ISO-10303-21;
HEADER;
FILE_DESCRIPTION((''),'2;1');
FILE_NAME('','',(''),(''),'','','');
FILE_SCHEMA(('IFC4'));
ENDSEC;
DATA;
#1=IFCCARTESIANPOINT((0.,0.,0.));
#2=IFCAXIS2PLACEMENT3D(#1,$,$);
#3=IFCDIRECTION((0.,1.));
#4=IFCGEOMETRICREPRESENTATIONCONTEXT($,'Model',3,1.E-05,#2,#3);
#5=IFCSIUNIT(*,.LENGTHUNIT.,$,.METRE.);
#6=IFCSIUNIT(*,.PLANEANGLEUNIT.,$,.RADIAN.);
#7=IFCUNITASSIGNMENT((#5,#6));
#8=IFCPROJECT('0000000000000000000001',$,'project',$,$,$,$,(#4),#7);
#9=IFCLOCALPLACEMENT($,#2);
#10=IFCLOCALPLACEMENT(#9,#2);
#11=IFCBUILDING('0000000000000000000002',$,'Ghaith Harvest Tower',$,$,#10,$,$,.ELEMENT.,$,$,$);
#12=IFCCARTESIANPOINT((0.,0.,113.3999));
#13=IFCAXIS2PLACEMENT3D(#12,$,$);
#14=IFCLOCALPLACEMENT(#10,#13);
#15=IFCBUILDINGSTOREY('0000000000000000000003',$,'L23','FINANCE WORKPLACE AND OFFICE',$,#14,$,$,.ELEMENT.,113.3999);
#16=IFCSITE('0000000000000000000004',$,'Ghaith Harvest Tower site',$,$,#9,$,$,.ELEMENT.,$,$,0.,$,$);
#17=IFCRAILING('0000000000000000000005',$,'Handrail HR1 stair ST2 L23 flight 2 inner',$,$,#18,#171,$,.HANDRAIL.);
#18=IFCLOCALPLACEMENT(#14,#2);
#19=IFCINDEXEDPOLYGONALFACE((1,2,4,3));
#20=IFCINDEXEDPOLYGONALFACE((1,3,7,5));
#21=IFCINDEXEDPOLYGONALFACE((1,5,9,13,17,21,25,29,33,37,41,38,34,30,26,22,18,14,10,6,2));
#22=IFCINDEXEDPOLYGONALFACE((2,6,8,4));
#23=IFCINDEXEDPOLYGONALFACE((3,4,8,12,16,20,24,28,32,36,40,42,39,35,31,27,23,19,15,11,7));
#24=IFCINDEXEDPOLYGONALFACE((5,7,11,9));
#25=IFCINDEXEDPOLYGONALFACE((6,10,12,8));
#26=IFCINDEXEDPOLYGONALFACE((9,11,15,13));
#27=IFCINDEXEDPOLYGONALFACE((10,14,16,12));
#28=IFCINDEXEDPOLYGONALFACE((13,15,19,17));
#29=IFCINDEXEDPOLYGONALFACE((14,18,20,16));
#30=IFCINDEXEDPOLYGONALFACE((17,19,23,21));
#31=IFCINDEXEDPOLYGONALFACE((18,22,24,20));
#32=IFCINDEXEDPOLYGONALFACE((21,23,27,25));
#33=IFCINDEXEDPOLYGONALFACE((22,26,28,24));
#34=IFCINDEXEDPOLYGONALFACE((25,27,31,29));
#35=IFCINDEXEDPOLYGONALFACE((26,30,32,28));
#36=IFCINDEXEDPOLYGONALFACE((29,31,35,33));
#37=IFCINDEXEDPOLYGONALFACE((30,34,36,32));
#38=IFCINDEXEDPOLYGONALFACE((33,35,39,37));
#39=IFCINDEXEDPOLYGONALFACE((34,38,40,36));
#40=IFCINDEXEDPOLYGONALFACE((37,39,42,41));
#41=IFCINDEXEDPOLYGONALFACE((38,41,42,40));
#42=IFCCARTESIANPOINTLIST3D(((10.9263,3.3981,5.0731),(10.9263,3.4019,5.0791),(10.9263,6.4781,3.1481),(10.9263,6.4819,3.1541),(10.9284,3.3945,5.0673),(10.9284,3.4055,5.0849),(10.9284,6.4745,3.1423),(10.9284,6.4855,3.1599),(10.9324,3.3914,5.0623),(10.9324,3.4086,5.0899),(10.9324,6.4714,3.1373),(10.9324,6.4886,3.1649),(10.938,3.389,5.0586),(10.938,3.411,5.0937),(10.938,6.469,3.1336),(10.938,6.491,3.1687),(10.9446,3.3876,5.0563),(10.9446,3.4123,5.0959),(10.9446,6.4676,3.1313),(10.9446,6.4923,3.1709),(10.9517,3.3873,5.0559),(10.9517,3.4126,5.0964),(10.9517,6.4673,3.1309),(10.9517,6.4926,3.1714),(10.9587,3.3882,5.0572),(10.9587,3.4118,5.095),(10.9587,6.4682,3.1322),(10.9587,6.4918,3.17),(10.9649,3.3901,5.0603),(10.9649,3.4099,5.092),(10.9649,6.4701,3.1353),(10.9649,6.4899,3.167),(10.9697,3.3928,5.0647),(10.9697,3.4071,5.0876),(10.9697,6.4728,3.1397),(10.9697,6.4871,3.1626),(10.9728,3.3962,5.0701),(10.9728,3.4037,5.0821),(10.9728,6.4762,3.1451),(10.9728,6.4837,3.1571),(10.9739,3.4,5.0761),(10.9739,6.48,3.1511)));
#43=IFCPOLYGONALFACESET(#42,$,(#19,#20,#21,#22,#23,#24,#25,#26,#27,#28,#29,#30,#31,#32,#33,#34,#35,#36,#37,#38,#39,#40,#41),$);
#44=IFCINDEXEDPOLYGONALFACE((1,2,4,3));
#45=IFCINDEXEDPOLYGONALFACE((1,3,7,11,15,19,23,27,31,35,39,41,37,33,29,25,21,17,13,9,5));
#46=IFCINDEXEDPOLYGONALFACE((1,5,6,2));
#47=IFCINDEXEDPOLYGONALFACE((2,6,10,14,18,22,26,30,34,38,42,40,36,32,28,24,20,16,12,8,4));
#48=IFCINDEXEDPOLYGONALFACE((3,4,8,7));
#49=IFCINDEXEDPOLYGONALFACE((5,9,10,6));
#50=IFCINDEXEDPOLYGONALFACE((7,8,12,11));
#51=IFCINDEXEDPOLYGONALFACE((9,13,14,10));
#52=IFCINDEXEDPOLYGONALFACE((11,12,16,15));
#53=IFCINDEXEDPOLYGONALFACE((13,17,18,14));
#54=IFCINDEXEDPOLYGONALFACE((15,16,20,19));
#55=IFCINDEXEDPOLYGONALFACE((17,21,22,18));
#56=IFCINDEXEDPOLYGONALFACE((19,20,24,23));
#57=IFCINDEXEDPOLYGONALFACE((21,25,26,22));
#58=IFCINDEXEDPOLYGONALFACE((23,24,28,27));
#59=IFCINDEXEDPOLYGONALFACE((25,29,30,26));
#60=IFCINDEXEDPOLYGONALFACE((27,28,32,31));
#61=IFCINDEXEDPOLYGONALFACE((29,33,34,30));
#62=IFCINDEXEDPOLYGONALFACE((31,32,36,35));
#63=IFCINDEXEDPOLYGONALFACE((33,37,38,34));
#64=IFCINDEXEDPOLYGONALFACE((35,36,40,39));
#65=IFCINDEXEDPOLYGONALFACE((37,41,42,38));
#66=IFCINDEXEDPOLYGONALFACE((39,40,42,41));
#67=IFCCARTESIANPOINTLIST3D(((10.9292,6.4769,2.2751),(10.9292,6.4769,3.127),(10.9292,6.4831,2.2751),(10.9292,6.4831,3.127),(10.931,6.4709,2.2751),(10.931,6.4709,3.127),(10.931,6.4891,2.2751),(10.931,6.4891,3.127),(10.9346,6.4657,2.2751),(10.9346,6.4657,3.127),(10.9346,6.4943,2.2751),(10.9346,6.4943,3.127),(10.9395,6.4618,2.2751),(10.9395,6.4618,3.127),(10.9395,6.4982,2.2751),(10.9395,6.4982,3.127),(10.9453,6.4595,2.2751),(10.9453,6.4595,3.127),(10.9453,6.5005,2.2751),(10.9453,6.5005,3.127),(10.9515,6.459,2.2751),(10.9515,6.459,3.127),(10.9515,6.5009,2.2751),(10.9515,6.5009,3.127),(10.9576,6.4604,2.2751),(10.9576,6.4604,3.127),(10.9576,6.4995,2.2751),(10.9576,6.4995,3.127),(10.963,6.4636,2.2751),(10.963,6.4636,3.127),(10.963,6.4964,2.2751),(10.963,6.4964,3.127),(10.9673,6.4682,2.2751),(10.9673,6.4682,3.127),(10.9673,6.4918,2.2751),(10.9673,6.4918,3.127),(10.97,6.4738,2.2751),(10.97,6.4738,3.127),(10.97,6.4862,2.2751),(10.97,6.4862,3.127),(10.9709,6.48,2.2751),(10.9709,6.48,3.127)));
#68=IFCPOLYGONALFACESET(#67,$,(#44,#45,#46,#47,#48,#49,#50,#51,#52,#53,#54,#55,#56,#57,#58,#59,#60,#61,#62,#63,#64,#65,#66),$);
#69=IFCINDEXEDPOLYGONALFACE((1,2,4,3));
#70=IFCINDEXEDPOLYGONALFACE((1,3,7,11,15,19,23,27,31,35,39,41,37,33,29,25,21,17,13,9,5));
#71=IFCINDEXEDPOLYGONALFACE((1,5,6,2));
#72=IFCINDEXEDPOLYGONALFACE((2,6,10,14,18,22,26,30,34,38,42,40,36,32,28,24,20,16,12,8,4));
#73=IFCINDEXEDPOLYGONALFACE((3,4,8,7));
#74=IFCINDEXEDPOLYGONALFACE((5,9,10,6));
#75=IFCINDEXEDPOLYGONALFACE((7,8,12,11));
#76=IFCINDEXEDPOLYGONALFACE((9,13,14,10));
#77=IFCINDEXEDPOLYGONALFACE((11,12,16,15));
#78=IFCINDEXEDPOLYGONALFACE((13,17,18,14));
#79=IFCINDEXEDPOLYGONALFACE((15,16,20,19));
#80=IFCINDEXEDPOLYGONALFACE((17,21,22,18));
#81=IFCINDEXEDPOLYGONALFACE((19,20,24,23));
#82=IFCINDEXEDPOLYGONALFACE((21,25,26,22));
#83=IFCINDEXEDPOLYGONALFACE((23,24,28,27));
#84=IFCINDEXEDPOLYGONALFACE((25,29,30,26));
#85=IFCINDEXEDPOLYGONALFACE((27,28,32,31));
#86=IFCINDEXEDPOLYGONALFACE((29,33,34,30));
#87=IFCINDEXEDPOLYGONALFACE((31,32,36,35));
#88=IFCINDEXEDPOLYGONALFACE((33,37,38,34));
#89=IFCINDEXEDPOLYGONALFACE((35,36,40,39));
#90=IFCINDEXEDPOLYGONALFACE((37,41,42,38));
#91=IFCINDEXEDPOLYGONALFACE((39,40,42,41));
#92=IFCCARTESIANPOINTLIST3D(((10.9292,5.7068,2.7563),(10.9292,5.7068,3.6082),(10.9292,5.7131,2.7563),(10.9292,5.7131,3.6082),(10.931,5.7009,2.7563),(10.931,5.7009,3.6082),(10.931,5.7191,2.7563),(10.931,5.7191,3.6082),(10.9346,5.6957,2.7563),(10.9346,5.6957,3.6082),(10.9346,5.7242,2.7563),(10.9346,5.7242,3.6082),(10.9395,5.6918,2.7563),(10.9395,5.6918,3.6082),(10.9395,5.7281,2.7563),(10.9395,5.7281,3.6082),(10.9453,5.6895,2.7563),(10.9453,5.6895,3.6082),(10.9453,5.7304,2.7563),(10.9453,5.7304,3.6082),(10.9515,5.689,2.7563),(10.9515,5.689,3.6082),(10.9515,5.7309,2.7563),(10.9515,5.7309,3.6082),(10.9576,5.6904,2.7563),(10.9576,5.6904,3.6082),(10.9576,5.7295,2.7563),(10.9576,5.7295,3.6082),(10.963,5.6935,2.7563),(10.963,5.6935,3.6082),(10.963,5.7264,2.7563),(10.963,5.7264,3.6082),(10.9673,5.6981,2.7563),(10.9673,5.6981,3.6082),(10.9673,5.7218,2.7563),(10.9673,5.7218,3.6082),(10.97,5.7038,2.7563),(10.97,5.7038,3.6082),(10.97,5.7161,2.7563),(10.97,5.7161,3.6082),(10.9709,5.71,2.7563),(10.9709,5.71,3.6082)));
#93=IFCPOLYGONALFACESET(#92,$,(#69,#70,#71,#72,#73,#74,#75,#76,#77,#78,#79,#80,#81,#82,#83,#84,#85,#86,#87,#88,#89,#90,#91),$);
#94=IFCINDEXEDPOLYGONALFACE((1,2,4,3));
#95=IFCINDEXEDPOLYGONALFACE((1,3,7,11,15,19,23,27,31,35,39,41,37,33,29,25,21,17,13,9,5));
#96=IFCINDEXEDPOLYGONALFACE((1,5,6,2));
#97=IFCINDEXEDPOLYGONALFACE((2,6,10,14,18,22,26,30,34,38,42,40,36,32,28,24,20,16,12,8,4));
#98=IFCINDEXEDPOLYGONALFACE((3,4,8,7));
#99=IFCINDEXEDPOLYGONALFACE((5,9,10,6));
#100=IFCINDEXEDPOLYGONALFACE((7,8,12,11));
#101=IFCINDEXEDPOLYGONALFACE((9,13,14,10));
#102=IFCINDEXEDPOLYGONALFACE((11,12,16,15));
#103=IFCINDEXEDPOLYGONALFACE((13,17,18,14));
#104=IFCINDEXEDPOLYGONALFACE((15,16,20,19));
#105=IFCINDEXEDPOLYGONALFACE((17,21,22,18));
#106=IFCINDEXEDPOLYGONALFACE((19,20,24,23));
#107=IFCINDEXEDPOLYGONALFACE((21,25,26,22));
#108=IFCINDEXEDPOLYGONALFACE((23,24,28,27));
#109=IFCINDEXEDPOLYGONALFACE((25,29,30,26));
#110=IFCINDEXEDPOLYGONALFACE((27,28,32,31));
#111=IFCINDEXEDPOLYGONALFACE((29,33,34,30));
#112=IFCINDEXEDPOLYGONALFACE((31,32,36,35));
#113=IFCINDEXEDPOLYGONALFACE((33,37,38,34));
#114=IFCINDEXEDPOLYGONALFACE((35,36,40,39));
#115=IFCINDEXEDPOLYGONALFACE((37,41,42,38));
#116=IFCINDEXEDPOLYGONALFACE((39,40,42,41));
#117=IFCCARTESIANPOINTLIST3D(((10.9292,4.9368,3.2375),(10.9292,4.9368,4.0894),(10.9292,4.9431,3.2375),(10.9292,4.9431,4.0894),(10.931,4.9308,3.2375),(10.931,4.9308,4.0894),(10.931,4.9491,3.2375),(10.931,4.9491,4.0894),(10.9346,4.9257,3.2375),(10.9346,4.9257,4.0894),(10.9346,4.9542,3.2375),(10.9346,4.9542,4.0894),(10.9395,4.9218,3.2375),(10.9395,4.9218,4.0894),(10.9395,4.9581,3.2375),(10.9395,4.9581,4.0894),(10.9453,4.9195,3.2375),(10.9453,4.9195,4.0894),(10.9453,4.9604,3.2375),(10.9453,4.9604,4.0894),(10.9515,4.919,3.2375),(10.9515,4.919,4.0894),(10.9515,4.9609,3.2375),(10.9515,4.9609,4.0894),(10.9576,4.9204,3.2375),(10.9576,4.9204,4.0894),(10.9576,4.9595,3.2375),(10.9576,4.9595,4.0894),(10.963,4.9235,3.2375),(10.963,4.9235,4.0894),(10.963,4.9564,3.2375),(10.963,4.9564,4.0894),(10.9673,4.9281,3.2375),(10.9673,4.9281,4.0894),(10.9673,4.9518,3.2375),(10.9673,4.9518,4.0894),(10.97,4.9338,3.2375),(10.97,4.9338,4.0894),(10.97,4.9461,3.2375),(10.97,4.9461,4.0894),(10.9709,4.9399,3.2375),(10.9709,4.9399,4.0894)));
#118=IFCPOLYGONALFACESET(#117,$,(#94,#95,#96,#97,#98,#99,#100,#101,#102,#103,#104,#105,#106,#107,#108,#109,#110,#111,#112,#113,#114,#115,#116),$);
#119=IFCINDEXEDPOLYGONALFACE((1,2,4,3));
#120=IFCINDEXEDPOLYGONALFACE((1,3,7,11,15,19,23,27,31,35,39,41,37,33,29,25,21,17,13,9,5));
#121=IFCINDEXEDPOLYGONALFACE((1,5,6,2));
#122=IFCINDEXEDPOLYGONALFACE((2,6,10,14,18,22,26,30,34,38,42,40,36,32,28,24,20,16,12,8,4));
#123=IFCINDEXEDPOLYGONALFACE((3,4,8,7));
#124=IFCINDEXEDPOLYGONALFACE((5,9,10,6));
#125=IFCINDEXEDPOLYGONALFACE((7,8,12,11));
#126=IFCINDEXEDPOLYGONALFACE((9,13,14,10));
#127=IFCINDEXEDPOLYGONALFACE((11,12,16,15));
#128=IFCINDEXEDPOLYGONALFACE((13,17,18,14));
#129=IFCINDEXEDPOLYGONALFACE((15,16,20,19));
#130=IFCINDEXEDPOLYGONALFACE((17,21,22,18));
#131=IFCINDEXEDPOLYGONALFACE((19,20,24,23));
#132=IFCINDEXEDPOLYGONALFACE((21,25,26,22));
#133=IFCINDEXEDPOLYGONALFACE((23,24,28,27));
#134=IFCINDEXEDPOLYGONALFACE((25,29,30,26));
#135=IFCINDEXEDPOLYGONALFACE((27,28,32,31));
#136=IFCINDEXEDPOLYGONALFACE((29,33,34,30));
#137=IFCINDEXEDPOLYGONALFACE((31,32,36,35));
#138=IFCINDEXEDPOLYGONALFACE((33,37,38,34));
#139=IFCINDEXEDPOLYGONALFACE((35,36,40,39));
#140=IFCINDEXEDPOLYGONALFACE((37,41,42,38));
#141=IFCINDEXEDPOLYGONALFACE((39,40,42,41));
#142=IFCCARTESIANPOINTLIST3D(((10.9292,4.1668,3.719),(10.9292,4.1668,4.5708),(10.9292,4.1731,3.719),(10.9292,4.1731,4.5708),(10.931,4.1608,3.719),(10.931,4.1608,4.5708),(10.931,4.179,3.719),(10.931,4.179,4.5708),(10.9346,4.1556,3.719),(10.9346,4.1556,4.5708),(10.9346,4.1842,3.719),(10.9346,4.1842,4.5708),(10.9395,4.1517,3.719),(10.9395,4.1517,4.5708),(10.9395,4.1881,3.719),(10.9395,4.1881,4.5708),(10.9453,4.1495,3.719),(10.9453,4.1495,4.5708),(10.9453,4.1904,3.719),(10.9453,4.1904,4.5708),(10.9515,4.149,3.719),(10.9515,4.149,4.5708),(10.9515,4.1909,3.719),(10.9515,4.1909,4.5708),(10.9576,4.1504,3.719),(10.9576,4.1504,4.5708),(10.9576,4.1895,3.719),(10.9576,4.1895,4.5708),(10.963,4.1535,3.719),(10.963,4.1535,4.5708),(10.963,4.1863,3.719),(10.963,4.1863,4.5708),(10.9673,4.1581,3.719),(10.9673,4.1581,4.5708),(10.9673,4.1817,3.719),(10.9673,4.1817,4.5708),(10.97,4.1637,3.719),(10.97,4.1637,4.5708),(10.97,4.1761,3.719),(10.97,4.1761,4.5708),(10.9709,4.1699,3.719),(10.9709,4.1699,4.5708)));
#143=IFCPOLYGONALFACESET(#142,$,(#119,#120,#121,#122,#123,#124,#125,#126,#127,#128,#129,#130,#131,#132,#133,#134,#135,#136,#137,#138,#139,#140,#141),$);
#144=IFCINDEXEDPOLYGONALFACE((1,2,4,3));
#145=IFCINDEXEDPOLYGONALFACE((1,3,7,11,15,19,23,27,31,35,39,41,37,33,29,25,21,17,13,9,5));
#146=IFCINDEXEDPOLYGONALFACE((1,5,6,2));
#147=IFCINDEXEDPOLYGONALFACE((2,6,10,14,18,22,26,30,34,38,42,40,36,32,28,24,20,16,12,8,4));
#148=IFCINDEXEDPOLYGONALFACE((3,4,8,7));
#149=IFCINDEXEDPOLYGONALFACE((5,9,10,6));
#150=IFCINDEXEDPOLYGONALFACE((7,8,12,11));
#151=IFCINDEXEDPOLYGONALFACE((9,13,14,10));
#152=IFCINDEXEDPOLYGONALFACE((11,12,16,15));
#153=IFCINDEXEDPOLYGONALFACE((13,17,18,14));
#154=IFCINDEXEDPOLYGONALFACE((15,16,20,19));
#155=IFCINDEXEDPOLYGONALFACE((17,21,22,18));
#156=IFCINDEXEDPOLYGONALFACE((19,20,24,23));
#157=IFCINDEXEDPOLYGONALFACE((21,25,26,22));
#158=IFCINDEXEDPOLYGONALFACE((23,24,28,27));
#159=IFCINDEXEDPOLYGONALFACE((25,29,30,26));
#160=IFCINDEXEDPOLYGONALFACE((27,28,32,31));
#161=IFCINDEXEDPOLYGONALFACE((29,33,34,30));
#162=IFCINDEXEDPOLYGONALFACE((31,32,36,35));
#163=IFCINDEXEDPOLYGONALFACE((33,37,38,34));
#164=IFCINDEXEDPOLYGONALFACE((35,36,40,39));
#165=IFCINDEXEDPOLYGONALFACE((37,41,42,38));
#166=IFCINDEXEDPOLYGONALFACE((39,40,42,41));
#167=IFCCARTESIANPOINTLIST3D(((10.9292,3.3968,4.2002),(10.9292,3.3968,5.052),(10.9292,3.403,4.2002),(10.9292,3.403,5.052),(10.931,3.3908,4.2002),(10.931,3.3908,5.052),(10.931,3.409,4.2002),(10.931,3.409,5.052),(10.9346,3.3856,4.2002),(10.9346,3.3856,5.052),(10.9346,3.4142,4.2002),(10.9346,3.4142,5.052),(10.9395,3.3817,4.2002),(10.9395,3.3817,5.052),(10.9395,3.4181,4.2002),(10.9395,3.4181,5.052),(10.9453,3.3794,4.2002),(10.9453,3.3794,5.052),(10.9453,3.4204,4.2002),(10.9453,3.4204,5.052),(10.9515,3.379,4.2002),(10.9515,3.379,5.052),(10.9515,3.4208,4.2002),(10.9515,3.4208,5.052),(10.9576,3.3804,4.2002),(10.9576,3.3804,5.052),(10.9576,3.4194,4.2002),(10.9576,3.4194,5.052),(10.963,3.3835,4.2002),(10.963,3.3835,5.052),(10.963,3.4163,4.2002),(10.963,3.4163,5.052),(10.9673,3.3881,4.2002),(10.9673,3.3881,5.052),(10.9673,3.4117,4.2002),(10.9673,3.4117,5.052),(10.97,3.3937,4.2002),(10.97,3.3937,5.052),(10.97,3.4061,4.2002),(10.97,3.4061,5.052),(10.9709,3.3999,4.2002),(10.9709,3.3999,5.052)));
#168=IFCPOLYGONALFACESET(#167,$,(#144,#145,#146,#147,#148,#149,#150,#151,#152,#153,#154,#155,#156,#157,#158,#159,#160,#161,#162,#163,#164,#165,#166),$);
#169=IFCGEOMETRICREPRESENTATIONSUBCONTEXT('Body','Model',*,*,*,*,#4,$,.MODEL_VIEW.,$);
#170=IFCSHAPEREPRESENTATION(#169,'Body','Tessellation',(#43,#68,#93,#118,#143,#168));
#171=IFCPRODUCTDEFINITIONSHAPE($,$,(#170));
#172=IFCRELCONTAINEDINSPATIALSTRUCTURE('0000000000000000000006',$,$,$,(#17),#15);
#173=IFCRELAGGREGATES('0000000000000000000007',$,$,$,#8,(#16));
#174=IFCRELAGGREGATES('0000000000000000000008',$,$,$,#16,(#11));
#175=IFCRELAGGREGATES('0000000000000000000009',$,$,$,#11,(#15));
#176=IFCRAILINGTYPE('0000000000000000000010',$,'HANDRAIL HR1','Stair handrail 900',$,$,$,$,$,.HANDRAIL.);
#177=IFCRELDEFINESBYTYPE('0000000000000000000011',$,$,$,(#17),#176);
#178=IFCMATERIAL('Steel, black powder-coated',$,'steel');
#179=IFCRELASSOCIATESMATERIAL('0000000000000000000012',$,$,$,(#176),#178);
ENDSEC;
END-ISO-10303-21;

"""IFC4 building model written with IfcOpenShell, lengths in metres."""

from ifc_helpers import new_model, si_unit, direction, frame, origin, origin_2d, place, context, subcontext, project, spatial, circle, extrude, material, type_object, element, save


model = new_model("IFC4")

# Units and contexts
model_context = context("Model", 3, precision=1e-05, world=origin(), true_north=direction((0.0, 1.0)))
body_context = subcontext(model_context, "Body", "Model", "MODEL_VIEW")
ifc_project = project(units=[si_unit("LENGTHUNIT", "METRE"), si_unit("PLANEANGLEUNIT", "RADIAN")], contexts=[model_context])

# Site, building, storey
site_placement = place(None, origin())
site = spatial("IfcSite", under=ifc_project, at=site_placement, Name="Ghaith Harvest Tower site", CompositionType="ELEMENT", RefElevation=0.0)
building_placement = place(site_placement, origin())
building = spatial("IfcBuilding", under=site, at=building_placement, Name="Ghaith Harvest Tower", CompositionType="ELEMENT")
storey_placement = place(building_placement, frame((0.0, 0.0, 113.3999)))
storey = spatial("IfcBuildingStorey", under=building, at=storey_placement, Name="L23", Description="FINANCE WORKPLACE AND OFFICE", CompositionType="ELEMENT", Elevation=113.3999)

# Railing
ifc_material_1 = material(Name="Steel, black powder-coated", Category="steel")
railing_type = type_object("IfcRailingType", Name="HANDRAIL HR1", Description="Stair handrail 900", PredefinedType="HANDRAIL", material=ifc_material_1)
railing_1_placement = place(storey_placement, frame((10.95, 6.48, 2.2751)))
element("IfcRailing", 1, at=railing_1_placement, inside=storey, type_object=railing_type, Name="Handrail HR1 stair ST2 L23 flight 2 inner", PredefinedType="HANDRAIL", context=body_context, shape_type="SweptSolid", body=[
    extrude(circle(Radius=0.0239, at=origin_2d()), frame((0.0, 0.0, 0.876), z_axis=(0.0, -0.847998, 0.529999), x_axis=(1.0, 0.0, 0.0)), (0.0, 0.0, 1.0), 3.6321),
    extrude(circle(Radius=0.021, at=origin_2d()), origin(), (0.0, 0.0, 1.0), 0.8518),
    extrude(circle(Radius=0.021, at=origin_2d()), frame((0.0, -0.77, 0.4812)), (0.0, 0.0, 1.0), 0.8518),
    extrude(circle(Radius=0.021, at=origin_2d()), frame((0.0, -1.54, 0.9624)), (0.0, 0.0, 1.0), 0.8518),
    extrude(circle(Radius=0.021, at=origin_2d()), frame((0.0, -2.3101, 1.4438)), (0.0, 0.0, 1.0), 0.8518),
    extrude(circle(Radius=0.021, at=origin_2d()), frame((0.0, -3.0801, 1.925)), (0.0, 0.0, 1.0), 0.8518),
])

save(model, "model.ifc")
